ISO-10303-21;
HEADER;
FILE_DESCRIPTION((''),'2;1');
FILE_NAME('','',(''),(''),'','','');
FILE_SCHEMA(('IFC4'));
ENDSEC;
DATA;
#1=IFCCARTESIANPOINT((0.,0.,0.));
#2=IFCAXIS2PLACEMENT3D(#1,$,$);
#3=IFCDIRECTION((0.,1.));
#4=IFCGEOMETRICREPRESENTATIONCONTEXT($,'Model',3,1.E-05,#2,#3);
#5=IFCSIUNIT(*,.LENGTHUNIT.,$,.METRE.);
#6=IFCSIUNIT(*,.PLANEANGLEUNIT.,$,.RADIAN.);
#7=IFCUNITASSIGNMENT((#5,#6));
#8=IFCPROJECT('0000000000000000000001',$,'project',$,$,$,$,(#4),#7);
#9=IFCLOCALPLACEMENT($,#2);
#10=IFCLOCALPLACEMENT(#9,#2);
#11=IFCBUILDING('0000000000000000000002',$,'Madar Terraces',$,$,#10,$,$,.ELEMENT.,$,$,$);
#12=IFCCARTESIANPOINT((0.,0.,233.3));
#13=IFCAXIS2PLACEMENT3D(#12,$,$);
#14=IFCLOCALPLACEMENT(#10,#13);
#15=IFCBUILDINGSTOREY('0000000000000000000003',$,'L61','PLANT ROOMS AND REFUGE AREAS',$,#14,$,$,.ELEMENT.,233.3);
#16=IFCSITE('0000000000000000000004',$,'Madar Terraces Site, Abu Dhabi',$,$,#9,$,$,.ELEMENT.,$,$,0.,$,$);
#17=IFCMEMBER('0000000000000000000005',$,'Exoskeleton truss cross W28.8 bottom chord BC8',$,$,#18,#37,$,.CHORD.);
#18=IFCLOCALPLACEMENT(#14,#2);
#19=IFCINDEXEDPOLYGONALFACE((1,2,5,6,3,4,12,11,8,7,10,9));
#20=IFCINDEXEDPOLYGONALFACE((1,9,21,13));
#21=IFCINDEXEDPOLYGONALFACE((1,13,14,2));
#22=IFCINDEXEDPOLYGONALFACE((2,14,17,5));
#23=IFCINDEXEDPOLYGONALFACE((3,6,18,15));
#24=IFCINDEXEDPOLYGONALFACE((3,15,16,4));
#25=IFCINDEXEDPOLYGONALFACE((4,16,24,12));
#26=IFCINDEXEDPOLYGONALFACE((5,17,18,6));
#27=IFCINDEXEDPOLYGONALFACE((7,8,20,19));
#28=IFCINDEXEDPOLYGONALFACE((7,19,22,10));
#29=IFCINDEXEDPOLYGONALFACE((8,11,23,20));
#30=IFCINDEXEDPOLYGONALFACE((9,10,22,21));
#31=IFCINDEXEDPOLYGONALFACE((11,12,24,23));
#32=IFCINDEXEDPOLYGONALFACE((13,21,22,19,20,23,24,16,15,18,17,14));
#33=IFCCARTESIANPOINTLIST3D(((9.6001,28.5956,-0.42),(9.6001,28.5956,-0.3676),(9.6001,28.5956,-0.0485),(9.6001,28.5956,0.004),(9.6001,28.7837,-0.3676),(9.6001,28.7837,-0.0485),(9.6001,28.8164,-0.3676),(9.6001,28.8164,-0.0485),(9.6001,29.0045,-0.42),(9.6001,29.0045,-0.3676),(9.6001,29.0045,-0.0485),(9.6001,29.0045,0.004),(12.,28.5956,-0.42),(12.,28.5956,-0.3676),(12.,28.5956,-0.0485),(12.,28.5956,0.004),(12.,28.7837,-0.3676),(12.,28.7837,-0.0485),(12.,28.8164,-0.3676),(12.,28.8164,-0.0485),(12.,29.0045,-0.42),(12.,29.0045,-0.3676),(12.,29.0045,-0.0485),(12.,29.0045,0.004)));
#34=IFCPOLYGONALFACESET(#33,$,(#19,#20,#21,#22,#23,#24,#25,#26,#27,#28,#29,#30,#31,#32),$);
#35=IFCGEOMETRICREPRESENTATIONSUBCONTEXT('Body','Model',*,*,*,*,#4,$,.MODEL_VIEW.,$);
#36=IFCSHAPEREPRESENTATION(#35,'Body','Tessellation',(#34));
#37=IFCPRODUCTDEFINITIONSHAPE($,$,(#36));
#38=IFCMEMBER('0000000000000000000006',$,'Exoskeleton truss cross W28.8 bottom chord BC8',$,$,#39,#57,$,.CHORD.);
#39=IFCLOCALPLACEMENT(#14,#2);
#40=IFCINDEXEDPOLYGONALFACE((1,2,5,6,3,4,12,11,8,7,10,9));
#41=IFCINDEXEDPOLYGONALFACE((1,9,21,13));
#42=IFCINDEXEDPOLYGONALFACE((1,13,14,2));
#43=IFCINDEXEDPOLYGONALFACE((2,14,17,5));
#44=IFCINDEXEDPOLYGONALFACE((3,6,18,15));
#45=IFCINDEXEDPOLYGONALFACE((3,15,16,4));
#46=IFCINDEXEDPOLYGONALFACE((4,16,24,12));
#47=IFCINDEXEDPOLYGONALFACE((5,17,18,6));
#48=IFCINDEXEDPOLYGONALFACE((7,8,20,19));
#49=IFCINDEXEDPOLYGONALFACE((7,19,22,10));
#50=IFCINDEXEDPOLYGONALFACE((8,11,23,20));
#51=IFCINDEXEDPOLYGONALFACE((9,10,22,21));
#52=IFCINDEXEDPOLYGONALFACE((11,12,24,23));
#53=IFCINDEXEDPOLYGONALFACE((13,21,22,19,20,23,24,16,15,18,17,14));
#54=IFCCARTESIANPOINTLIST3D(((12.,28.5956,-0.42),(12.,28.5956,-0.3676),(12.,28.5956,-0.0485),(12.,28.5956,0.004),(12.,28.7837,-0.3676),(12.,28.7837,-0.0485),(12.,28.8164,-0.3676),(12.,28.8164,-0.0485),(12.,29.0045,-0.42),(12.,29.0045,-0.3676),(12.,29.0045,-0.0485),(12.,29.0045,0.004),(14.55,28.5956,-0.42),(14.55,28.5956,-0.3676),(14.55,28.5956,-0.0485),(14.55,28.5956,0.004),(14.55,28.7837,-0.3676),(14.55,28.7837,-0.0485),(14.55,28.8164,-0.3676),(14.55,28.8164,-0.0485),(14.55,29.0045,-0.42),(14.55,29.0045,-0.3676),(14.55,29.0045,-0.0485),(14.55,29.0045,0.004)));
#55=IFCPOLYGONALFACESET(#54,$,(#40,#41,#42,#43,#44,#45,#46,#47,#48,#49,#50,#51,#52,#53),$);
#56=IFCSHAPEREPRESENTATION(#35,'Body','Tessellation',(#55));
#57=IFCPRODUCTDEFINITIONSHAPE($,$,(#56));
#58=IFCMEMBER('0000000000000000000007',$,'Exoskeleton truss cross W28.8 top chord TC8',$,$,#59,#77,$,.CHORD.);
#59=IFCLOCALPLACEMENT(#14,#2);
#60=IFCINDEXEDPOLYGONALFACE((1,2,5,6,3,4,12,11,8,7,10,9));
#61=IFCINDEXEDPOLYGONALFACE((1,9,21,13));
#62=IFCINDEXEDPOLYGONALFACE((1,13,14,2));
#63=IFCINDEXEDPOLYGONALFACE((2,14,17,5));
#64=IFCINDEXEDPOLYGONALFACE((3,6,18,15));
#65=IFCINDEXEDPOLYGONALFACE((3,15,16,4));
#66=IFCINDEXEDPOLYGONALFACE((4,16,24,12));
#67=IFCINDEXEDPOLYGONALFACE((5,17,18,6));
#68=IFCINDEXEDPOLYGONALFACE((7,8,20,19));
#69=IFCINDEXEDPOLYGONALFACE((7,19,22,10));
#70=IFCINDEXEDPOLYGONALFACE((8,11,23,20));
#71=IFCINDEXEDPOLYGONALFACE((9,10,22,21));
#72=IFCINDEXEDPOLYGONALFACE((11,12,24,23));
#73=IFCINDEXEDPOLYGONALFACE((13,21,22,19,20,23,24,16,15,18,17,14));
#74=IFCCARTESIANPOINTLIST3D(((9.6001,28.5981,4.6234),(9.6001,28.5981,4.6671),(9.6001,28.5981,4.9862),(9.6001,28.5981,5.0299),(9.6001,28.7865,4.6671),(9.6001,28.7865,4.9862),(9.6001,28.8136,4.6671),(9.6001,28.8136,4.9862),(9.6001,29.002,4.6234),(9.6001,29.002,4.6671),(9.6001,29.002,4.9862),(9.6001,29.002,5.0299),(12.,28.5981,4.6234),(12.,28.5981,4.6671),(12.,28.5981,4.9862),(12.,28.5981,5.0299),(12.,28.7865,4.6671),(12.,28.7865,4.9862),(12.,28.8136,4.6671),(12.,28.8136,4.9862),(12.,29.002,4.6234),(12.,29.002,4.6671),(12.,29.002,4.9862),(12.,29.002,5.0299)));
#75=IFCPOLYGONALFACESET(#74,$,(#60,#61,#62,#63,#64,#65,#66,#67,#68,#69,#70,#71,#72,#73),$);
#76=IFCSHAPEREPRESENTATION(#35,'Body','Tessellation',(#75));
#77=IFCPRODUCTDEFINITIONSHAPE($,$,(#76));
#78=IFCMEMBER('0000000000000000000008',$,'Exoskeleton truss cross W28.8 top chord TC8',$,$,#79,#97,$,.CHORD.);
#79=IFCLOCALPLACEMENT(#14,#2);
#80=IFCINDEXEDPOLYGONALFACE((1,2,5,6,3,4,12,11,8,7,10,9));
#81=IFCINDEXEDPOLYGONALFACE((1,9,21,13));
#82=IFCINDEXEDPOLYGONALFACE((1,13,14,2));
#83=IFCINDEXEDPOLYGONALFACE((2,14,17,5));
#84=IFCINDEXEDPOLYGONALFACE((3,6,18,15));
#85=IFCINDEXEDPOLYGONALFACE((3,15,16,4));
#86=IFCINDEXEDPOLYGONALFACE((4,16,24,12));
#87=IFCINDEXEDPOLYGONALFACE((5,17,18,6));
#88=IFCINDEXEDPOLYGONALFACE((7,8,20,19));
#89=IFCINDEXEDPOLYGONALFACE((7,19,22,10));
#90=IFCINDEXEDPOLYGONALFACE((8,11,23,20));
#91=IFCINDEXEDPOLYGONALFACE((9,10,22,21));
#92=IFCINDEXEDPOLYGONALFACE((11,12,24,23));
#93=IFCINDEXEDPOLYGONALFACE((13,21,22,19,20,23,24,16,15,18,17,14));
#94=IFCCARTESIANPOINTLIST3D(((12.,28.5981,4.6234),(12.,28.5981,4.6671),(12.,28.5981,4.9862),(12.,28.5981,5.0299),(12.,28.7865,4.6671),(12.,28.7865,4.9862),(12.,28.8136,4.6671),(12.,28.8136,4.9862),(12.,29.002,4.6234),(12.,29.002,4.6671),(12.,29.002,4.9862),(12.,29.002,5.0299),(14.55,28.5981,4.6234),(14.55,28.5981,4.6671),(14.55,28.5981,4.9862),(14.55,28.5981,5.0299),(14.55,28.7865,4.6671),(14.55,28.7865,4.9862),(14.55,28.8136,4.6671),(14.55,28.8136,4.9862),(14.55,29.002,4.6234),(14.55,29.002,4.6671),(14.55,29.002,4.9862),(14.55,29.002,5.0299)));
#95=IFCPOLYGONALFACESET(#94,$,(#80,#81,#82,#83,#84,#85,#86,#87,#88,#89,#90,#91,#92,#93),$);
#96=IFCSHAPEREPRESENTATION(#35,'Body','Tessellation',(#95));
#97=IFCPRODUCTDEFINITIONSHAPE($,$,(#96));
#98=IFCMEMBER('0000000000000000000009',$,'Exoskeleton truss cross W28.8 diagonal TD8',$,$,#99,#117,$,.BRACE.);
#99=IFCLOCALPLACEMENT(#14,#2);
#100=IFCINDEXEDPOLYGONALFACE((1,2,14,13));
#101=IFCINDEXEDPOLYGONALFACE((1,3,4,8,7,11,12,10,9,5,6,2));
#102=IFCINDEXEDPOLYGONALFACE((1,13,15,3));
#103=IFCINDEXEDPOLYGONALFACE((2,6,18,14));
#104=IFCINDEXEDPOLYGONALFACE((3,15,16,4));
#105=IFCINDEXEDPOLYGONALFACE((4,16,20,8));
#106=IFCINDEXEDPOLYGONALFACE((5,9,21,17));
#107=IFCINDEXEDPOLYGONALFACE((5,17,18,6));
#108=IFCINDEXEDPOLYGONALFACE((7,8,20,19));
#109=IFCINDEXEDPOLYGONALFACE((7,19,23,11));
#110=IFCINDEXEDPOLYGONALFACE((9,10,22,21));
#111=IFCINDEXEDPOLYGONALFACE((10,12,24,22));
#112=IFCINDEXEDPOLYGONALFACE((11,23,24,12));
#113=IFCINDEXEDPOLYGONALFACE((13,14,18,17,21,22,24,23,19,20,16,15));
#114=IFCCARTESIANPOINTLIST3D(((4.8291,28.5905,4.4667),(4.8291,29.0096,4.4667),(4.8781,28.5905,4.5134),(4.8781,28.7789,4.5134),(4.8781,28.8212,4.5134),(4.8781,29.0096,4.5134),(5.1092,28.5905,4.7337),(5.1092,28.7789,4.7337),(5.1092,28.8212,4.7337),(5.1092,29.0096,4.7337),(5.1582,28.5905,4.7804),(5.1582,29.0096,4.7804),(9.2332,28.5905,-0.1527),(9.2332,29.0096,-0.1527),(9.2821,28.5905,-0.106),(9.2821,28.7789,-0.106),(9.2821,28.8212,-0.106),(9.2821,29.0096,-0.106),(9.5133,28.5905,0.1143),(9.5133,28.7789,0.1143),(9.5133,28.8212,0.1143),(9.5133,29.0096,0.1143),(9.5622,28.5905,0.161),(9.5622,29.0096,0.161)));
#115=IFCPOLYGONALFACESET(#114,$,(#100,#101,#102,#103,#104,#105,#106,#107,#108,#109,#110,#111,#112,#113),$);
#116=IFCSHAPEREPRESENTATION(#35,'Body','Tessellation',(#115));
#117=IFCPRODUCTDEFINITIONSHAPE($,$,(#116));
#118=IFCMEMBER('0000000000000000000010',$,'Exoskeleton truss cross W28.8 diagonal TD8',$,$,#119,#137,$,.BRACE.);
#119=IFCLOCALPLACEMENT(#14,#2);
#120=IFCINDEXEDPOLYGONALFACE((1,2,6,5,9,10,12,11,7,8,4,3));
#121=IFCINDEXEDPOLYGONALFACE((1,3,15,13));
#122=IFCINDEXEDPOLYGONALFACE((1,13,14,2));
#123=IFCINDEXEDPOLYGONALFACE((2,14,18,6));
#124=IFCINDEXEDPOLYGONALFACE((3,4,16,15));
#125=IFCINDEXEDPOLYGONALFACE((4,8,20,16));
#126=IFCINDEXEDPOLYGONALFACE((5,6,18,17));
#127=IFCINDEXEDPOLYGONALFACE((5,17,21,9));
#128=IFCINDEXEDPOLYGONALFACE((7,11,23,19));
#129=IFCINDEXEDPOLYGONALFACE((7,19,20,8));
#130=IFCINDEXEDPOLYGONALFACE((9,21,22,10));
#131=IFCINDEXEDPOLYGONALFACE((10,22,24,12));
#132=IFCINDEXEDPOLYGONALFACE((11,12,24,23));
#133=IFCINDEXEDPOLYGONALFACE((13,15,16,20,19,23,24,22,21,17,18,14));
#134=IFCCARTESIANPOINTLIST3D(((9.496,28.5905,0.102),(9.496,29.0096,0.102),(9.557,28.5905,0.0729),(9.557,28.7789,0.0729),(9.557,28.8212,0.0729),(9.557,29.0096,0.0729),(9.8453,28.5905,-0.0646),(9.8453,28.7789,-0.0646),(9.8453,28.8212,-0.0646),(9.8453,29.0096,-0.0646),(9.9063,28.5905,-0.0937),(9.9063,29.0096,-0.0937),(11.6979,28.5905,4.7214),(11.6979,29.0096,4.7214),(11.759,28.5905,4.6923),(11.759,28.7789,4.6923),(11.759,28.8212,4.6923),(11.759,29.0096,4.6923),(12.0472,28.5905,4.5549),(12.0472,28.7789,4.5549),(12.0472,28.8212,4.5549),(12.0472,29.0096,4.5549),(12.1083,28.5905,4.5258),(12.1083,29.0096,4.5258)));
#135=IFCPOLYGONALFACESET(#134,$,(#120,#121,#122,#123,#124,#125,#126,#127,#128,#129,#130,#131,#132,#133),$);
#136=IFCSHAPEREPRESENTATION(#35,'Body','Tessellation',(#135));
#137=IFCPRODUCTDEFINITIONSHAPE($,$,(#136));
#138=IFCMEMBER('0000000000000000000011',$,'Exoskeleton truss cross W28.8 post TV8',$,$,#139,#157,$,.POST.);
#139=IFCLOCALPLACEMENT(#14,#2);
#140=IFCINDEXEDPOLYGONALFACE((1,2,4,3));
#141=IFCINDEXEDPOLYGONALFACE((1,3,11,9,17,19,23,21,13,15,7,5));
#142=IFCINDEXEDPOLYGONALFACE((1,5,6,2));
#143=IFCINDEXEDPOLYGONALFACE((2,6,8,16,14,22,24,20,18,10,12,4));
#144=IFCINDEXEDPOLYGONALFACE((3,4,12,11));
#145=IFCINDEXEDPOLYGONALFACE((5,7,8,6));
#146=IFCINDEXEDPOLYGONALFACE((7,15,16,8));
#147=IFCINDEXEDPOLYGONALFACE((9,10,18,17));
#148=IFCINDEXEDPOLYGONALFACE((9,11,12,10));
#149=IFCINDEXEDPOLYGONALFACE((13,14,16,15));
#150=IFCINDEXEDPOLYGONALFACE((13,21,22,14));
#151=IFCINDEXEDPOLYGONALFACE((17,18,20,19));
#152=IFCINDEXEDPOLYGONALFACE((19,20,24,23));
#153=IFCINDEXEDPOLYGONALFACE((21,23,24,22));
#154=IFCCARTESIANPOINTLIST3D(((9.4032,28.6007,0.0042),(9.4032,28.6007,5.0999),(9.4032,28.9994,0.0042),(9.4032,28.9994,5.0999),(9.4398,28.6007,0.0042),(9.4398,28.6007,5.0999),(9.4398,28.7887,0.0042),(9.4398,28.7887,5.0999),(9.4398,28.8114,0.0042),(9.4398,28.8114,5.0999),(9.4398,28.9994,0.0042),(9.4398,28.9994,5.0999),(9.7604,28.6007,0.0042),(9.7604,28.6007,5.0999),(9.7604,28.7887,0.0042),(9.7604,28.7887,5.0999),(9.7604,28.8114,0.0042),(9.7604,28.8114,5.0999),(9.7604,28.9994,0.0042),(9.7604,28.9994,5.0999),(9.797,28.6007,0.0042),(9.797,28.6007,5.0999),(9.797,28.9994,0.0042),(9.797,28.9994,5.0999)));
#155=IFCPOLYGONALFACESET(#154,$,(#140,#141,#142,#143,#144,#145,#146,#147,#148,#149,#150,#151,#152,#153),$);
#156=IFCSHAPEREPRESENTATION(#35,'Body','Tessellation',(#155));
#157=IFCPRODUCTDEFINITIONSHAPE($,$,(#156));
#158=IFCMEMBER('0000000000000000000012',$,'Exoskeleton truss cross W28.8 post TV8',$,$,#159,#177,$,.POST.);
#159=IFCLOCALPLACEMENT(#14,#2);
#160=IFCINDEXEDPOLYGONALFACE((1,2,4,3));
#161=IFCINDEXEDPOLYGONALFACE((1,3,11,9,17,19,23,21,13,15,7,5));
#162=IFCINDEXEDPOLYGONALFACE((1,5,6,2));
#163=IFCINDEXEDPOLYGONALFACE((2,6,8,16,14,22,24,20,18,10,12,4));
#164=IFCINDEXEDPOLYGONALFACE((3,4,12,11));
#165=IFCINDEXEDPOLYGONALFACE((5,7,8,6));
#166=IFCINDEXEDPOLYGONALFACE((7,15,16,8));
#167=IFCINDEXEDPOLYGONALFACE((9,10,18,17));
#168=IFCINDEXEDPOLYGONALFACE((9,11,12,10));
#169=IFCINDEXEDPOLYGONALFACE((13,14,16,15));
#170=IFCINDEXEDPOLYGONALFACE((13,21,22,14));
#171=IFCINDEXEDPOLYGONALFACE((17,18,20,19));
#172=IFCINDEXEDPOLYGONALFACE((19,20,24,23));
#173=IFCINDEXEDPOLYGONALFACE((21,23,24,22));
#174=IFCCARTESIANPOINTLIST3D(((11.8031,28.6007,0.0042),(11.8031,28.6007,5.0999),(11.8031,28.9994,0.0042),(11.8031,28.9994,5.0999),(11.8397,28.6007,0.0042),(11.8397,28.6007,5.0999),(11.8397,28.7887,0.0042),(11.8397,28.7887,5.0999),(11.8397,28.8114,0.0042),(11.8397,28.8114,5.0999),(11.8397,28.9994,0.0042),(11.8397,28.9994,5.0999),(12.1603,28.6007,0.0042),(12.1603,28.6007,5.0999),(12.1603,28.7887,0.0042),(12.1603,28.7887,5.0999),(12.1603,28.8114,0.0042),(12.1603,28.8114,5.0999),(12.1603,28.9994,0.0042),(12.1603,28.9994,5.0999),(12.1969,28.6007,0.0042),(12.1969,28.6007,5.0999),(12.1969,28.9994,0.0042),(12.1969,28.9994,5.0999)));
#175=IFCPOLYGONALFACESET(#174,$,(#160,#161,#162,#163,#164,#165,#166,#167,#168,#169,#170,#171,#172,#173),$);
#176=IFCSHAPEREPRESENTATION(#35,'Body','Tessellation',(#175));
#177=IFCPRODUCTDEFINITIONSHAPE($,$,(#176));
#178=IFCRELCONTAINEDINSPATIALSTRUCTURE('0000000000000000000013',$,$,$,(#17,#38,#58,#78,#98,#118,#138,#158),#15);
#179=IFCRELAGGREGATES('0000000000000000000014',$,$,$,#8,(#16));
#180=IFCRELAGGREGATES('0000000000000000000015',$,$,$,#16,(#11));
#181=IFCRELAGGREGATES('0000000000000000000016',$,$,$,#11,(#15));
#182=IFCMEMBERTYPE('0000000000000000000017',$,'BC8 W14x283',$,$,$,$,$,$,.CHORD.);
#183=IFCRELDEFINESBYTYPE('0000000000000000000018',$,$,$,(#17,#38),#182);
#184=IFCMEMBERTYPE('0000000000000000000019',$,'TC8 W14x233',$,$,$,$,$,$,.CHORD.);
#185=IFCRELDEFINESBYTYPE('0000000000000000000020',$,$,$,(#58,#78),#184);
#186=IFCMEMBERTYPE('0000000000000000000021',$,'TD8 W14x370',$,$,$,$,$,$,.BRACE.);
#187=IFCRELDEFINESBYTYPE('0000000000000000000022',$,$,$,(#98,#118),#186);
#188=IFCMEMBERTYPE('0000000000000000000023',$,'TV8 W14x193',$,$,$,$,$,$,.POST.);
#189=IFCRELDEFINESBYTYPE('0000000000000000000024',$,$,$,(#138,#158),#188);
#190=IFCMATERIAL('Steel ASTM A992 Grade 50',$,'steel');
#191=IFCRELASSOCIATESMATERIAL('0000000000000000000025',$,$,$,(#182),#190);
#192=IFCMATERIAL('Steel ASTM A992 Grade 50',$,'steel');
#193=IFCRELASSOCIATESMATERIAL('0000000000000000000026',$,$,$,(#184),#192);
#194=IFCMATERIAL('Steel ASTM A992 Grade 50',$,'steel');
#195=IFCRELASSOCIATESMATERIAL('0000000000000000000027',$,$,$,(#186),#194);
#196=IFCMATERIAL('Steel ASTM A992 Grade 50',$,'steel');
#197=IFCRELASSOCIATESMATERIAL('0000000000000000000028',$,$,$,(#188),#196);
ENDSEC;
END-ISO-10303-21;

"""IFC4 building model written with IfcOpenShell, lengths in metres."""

from ifc_helpers import new_model, si_unit, direction, frame, origin, origin_2d, place, context, subcontext, project, spatial, i_section, extrude, material, material_profile, profile_set, type_object, element, save


model = new_model("IFC4")

# Units and contexts
model_context = context("Model", 3, precision=1e-05, world=origin(), true_north=direction((0.0, 1.0)))
body_context = subcontext(model_context, "Body", "Model", "MODEL_VIEW")
ifc_project = project(units=[si_unit("LENGTHUNIT", "METRE"), si_unit("PLANEANGLEUNIT", "RADIAN")], contexts=[model_context])

# Site, building, storey
site_placement = place(None, origin())
site = spatial("IfcSite", under=ifc_project, at=site_placement, Name="Madar Terraces Site, Abu Dhabi", CompositionType="ELEMENT", RefElevation=0.0)
building_placement = place(site_placement, origin())
building = spatial("IfcBuilding", under=site, at=building_placement, Name="Madar Terraces", CompositionType="ELEMENT")
storey_placement = place(building_placement, frame((0.0, 0.0, 233.3)))
storey = spatial("IfcBuildingStorey", under=building, at=storey_placement, Name="L61", Description="PLANT ROOMS AND REFUGE AREAS", CompositionType="ELEMENT", Elevation=233.3)

# Members
ifc_material_1 = material(Name="Steel ASTM A992 Grade 50", Category="steel")
ifc_material_profile_1 = material_profile(ifc_material_1, i_section(OverallWidth=0.4089, OverallDepth=0.4241, WebThickness=0.0327, FlangeThickness=0.0525, at=origin_2d()), Name="W14x283")
ifc_profile_set_1 = profile_set([ifc_material_profile_1], Name="Steel ASTM A992 Grade 50")
member_type_1 = type_object("IfcMemberType", Name="BC8 W14x283", PredefinedType="CHORD", material=ifc_profile_set_1)
member_1_placement = place(storey_placement, frame((9.6001, 28.8, -0.208), z_axis=(1.0, 0.0, 0.0), x_axis=(0.0, 1.0, 0.0)))
element("IfcMember", 1, at=member_1_placement, inside=storey, type_object=member_type_1, Name="Exoskeleton truss cross W28.8 bottom chord BC8", PredefinedType="CHORD", context=body_context, shape_type="SweptSolid", body=[
    extrude(i_section(OverallWidth=0.4089, OverallDepth=0.4241, WebThickness=0.0327, FlangeThickness=0.0525, at=origin_2d()), origin(), (0.0, 0.0, 1.0), 2.3999),
])
member_2_placement = place(storey_placement, frame((12.0, 28.8, -0.208), z_axis=(1.0, 0.0, 0.0), x_axis=(0.0, 1.0, 0.0)))
element("IfcMember", 2, at=member_2_placement, inside=storey, type_object=member_type_1, Name="Exoskeleton truss cross W28.8 bottom chord BC8", PredefinedType="CHORD", context=body_context, shape_type="SweptSolid", body=[
    extrude(i_section(OverallWidth=0.4089, OverallDepth=0.4241, WebThickness=0.0327, FlangeThickness=0.0525, at=origin_2d()), origin(), (0.0, 0.0, 1.0), 2.55),
])
ifc_material_2 = material(Name="Steel ASTM A992 Grade 50", Category="steel")
ifc_material_profile_2 = material_profile(ifc_material_2, i_section(OverallWidth=0.4038, OverallDepth=0.4065, WebThickness=0.0271, FlangeThickness=0.0437, at=origin_2d()), Name="W14x233")
ifc_profile_set_2 = profile_set([ifc_material_profile_2], Name="Steel ASTM A992 Grade 50")
member_type_2 = type_object("IfcMemberType", Name="TC8 W14x233", PredefinedType="CHORD", material=ifc_profile_set_2)
member_3_placement = place(storey_placement, frame((9.6001, 28.8, 4.8267), z_axis=(1.0, 0.0, 0.0), x_axis=(0.0, 1.0, 0.0)))
element("IfcMember", 3, at=member_3_placement, inside=storey, type_object=member_type_2, Name="Exoskeleton truss cross W28.8 top chord TC8", PredefinedType="CHORD", context=body_context, shape_type="SweptSolid", body=[
    extrude(i_section(OverallWidth=0.4038, OverallDepth=0.4065, WebThickness=0.0271, FlangeThickness=0.0437, at=origin_2d()), origin(), (0.0, 0.0, 1.0), 2.3999),
])
member_4_placement = place(storey_placement, frame((12.0, 28.8, 4.8267), z_axis=(1.0, 0.0, 0.0), x_axis=(0.0, 1.0, 0.0)))
element("IfcMember", 4, at=member_4_placement, inside=storey, type_object=member_type_2, Name="Exoskeleton truss cross W28.8 top chord TC8", PredefinedType="CHORD", context=body_context, shape_type="SweptSolid", body=[
    extrude(i_section(OverallWidth=0.4038, OverallDepth=0.4065, WebThickness=0.0271, FlangeThickness=0.0437, at=origin_2d()), origin(), (0.0, 0.0, 1.0), 2.55),
])
ifc_material_3 = material(Name="Steel ASTM A992 Grade 50", Category="steel")
ifc_material_profile_3 = material_profile(ifc_material_3, i_section(OverallWidth=0.4192, OverallDepth=0.4546, WebThickness=0.0422, FlangeThickness=0.0676, at=origin_2d()), Name="W14x370")
ifc_profile_set_3 = profile_set([ifc_material_profile_3], Name="Steel ASTM A992 Grade 50")
member_type_3 = type_object("IfcMemberType", Name="TD8 W14x370", PredefinedType="BRACE", material=ifc_profile_set_3)
member_5_placement = place(storey_placement, frame((4.9937, 28.8, 4.6235), z_axis=(0.690036, 0.0, -0.723775), x_axis=(0.0, 1.0, 0.0)))
element("IfcMember", 5, at=member_5_placement, inside=storey, type_object=member_type_3, Name="Exoskeleton truss cross W28.8 diagonal TD8", PredefinedType="BRACE", context=body_context, shape_type="SweptSolid", body=[
    extrude(i_section(OverallWidth=0.4192, OverallDepth=0.4546, WebThickness=0.0422, FlangeThickness=0.0676, at=origin_2d()), origin(), (0.0, 0.0, 1.0), 6.3823),
])
member_6_placement = place(storey_placement, frame((9.7012, 28.8, 0.0042), z_axis=(0.430284, 0.0, 0.902694), x_axis=(0.0, 1.0, 0.0)))
element("IfcMember", 6, at=member_6_placement, inside=storey, type_object=member_type_3, Name="Exoskeleton truss cross W28.8 diagonal TD8", PredefinedType="BRACE", context=body_context, shape_type="SweptSolid", body=[
    extrude(i_section(OverallWidth=0.4192, OverallDepth=0.4546, WebThickness=0.0422, FlangeThickness=0.0676, at=origin_2d()), origin(), (0.0, 0.0, 1.0), 5.1174),
])
ifc_material_4 = material(Name="Steel ASTM A992 Grade 50", Category="steel")
ifc_material_profile_4 = material_profile(ifc_material_4, i_section(OverallWidth=0.3987, OverallDepth=0.3938, WebThickness=0.0227, FlangeThickness=0.0366, at=origin_2d()), Name="W14x193")
ifc_profile_set_4 = profile_set([ifc_material_profile_4], Name="Steel ASTM A992 Grade 50")
member_type_4 = type_object("IfcMemberType", Name="TV8 W14x193", PredefinedType="POST", material=ifc_profile_set_4)
for number, where, z_axis, x_axis, name in (
    (7, (9.6001, 28.8, 0.0042), (0.0, 0.0, 1.0), (0.0, 1.0, 0.0), "Exoskeleton truss cross W28.8 post TV8"),
    (8, (12.0, 28.8, 0.0042), (0.0, 0.0, 1.0), (0.0, 1.0, 0.0), "Exoskeleton truss cross W28.8 post TV8"),
):
    element("IfcMember", number, at=place(storey_placement, frame(where, z_axis=z_axis, x_axis=x_axis)), inside=storey, type_object=member_type_4, Name=name, PredefinedType="POST", context=body_context, shape_type="SweptSolid", body=[
        extrude(i_section(OverallWidth=0.3987, OverallDepth=0.3938, WebThickness=0.0227, FlangeThickness=0.0366, at=origin_2d()), origin(), (0.0, 0.0, 1.0), 5.0957),
    ])

save(model, "model.ifc")
